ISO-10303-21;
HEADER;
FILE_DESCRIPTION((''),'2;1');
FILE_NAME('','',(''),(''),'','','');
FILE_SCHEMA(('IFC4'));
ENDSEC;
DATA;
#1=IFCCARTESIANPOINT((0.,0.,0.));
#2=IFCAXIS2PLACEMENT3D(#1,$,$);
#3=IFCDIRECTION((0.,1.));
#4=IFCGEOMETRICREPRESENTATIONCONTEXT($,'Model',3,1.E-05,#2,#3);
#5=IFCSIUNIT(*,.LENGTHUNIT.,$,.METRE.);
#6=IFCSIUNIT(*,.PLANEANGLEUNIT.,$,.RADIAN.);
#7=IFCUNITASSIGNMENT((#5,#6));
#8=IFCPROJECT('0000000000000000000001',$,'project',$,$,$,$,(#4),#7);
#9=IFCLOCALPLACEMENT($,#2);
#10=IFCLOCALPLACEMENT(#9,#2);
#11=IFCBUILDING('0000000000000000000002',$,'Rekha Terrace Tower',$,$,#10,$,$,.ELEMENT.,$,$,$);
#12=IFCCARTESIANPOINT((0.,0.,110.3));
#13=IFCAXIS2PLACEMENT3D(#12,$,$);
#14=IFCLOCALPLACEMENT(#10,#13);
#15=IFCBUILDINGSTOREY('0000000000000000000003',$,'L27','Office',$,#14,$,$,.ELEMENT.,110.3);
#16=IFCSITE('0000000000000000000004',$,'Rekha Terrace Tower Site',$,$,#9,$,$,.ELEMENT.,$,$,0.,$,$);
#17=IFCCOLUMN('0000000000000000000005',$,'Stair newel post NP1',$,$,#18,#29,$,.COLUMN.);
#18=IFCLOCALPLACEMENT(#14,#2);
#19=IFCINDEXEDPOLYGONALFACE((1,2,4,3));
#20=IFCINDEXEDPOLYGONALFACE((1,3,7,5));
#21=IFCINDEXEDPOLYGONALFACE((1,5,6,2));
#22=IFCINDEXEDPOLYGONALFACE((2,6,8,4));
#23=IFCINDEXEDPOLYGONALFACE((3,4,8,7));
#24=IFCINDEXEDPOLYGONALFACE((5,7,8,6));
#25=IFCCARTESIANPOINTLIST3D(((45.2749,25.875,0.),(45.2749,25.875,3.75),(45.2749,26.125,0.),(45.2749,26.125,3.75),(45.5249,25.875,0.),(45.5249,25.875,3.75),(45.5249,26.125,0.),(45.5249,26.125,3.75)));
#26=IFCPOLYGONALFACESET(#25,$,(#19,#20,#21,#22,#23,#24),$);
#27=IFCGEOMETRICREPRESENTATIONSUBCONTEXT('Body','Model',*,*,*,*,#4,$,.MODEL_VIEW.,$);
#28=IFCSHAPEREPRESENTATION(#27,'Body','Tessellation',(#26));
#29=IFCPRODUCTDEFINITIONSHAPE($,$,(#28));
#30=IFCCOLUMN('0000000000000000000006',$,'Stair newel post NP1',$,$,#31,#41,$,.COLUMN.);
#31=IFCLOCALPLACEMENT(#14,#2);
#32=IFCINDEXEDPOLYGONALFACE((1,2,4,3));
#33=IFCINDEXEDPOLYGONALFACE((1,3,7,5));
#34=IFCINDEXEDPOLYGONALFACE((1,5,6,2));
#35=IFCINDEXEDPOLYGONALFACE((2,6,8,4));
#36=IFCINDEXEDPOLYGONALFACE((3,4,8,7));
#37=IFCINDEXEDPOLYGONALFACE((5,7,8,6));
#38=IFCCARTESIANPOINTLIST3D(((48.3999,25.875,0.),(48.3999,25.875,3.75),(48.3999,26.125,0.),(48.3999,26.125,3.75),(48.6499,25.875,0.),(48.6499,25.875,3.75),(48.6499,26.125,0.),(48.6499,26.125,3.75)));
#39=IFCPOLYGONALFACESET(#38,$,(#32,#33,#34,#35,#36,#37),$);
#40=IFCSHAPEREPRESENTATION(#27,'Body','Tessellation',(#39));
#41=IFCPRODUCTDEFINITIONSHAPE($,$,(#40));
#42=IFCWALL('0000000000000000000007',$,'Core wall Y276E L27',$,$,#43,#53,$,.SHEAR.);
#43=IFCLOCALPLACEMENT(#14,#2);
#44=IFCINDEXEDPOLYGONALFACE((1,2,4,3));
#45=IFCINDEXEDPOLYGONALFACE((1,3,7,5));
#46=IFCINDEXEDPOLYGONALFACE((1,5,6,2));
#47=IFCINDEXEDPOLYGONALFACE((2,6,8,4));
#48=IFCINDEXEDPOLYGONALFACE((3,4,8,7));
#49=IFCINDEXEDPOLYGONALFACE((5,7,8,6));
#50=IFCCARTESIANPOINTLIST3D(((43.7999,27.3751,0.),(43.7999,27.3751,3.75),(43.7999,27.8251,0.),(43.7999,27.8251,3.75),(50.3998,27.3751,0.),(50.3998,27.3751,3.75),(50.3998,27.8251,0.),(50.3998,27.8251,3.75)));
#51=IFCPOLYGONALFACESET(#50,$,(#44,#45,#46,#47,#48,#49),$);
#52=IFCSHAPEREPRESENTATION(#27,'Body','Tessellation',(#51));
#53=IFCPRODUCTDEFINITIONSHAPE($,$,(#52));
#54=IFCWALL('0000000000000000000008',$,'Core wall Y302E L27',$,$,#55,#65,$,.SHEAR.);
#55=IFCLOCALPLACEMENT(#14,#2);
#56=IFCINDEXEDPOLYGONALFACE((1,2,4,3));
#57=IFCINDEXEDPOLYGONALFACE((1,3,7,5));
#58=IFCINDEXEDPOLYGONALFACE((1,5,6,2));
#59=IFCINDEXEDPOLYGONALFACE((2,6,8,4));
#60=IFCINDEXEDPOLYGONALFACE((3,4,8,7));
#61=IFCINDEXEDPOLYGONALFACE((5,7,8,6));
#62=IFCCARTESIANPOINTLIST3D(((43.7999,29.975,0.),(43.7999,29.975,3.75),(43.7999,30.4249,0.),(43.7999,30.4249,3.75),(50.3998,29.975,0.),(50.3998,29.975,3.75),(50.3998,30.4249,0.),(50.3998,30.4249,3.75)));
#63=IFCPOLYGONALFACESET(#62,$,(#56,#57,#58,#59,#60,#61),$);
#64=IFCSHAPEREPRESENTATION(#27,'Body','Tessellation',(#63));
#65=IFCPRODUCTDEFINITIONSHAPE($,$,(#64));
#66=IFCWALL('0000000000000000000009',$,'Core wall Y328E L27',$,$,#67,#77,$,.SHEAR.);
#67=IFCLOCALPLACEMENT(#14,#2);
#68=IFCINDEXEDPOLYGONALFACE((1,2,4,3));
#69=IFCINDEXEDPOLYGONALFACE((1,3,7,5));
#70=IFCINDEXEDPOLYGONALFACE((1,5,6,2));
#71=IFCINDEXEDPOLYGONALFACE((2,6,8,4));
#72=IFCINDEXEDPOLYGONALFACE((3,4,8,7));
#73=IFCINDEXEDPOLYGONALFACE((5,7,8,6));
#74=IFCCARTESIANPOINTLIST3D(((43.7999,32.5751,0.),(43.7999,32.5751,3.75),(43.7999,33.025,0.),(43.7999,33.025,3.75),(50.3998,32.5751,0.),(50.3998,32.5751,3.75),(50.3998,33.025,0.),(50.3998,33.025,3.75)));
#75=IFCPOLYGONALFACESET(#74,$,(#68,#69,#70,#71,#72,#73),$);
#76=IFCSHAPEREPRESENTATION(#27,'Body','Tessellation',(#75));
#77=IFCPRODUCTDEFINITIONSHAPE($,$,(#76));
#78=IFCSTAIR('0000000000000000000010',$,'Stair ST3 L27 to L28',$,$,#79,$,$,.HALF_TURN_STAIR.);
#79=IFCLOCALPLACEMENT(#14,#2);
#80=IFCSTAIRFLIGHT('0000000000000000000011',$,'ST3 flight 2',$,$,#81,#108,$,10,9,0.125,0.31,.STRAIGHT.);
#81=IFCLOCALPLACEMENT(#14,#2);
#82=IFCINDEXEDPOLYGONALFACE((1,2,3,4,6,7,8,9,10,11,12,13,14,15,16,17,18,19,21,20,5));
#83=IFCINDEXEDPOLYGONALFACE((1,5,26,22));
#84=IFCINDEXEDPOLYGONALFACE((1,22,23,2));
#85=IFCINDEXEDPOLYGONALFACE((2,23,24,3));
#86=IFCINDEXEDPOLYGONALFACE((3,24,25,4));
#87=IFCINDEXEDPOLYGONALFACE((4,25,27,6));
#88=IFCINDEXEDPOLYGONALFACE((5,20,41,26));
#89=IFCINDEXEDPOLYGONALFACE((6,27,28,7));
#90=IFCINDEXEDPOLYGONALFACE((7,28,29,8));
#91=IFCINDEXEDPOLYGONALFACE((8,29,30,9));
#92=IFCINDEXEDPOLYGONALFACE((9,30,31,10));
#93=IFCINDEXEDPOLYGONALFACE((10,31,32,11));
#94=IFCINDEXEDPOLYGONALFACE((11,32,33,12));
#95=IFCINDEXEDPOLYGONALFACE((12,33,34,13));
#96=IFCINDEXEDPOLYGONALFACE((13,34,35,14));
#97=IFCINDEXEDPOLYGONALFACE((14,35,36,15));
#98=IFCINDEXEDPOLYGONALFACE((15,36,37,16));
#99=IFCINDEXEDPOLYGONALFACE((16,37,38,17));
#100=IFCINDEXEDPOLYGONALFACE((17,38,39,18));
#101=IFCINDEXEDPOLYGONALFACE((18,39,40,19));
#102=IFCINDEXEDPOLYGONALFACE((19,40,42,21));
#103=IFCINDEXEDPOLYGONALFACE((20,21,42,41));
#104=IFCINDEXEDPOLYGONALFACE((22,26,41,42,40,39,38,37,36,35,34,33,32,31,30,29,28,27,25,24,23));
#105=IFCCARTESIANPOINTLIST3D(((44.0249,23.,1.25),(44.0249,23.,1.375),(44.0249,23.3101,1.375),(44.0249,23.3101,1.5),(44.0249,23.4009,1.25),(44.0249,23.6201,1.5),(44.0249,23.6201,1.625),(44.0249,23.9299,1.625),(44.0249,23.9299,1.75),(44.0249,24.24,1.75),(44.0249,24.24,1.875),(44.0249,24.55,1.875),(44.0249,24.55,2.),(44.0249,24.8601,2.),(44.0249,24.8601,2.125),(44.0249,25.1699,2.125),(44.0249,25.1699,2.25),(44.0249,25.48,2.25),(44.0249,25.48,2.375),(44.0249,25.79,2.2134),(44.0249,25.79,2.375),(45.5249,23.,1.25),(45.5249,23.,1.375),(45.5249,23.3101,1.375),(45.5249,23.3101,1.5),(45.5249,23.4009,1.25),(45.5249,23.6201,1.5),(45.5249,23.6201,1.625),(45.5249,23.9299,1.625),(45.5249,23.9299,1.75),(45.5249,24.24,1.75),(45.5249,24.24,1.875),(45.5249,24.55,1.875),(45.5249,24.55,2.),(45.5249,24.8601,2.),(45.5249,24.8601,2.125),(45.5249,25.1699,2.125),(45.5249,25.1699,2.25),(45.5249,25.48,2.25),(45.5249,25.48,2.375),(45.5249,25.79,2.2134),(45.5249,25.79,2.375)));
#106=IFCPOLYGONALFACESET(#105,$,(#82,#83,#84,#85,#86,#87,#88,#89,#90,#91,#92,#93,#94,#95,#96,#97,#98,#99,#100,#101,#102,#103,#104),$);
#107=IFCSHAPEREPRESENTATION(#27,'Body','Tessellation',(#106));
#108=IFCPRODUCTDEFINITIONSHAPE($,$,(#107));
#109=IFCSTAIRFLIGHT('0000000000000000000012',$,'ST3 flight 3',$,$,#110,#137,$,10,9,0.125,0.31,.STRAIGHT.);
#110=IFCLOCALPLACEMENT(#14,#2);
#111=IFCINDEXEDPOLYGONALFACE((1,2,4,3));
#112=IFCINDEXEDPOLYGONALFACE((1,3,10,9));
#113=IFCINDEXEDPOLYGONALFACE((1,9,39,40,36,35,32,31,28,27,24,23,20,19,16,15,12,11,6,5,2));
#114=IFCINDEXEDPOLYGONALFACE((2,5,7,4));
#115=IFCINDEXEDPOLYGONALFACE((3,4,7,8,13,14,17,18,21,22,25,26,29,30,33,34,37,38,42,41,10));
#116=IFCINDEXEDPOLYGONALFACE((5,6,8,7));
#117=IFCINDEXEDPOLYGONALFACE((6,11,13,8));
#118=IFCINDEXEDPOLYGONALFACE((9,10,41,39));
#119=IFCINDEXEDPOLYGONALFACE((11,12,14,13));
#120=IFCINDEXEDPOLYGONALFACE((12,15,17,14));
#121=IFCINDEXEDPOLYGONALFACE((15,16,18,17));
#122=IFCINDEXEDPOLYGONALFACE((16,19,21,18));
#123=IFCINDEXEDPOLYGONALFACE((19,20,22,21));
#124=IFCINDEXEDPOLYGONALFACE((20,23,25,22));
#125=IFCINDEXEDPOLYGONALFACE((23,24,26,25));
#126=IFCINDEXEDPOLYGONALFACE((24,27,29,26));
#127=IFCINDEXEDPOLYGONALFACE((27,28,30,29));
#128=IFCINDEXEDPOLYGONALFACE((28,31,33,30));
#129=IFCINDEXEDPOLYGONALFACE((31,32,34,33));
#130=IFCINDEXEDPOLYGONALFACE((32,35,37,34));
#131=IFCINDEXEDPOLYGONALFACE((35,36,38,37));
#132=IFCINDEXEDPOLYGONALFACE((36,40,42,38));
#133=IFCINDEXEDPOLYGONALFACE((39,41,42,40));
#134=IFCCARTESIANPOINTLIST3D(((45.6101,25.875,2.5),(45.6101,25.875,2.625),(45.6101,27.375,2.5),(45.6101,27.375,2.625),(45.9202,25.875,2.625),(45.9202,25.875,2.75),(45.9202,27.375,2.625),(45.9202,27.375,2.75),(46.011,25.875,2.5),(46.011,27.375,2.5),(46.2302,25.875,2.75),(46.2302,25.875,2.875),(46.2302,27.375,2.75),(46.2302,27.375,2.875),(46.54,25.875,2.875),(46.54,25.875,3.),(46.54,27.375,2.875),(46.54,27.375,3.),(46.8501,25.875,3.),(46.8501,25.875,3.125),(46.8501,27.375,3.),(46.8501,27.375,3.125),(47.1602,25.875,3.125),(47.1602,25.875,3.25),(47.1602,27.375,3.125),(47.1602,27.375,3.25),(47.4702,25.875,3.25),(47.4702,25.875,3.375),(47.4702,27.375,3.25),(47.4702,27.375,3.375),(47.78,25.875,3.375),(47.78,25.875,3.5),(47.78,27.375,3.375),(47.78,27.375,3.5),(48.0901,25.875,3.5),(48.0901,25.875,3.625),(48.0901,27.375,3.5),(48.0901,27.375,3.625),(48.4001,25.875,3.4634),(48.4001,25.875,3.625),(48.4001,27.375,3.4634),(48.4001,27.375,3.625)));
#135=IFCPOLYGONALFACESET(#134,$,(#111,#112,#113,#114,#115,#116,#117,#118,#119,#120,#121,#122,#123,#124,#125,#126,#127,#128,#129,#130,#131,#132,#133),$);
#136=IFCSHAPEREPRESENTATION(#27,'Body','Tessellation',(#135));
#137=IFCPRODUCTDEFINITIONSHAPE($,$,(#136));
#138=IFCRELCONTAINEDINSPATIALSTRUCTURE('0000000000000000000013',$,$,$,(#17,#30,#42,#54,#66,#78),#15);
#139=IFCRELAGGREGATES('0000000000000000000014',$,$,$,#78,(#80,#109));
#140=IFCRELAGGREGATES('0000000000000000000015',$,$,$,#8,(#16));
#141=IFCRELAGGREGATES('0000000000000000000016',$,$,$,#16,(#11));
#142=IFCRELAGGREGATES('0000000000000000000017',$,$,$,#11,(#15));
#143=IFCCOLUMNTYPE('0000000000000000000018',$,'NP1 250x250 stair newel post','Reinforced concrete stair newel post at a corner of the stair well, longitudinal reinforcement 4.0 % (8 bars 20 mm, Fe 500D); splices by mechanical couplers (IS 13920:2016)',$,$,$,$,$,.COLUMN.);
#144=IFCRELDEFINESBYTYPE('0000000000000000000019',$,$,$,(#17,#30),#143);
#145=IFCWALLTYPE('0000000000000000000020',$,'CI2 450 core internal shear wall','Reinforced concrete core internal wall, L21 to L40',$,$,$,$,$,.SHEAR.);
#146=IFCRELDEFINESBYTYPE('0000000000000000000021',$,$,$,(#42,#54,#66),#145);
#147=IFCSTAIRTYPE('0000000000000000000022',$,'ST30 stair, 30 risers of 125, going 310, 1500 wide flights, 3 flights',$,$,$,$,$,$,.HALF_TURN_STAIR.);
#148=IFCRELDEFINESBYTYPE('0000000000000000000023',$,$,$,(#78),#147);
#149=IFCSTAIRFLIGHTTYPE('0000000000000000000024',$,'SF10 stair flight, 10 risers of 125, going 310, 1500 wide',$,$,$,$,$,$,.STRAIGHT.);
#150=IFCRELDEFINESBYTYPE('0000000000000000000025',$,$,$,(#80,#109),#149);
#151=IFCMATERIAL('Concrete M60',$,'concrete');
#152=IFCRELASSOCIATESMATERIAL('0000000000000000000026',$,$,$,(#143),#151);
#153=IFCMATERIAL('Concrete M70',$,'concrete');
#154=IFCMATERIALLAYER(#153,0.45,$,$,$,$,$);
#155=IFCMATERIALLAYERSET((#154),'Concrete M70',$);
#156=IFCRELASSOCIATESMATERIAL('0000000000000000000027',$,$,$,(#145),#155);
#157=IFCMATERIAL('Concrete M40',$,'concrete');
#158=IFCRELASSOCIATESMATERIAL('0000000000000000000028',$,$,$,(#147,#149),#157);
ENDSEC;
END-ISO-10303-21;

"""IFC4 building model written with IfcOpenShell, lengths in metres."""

from ifc_helpers import new_model, si_unit, direction, frame, frame_2d, origin, origin_2d, place, context, subcontext, project, spatial, polyline, rectangle, outline, extrude, material, layer, layer_set, material_profile, profile_set, type_object, element, aggregate, save


model = new_model("IFC4")

# Units and contexts
model_context = context("Model", 3, precision=1e-05, world=origin(), true_north=direction((0.0, 1.0)))
body_context = subcontext(model_context, "Body", "Model", "MODEL_VIEW")
ifc_project = project(units=[si_unit("LENGTHUNIT", "METRE"), si_unit("PLANEANGLEUNIT", "RADIAN")], contexts=[model_context])

# Site, building, storey
site_placement = place(None, origin())
site = spatial("IfcSite", under=ifc_project, at=site_placement, Name="Rekha Terrace Tower Site", CompositionType="ELEMENT", RefElevation=0.0)
building_placement = place(site_placement, origin())
building = spatial("IfcBuilding", under=site, at=building_placement, Name="Rekha Terrace Tower", CompositionType="ELEMENT")
storey_placement = place(building_placement, frame((0.0, 0.0, 110.3)))
storey = spatial("IfcBuildingStorey", under=building, at=storey_placement, Name="L27", Description="Office", CompositionType="ELEMENT", Elevation=110.3)

# Columns
ifc_material_1 = material(Name="Concrete M60", Category="concrete")
ifc_material_profile = material_profile(ifc_material_1, rectangle(XDim=0.25, YDim=0.25, at=origin_2d()), Name="RC 250x250")
ifc_profile_set = profile_set([ifc_material_profile], Name="Concrete M60")
column_type = type_object("IfcColumnType", Name="NP1 250x250 stair newel post", Description="Reinforced concrete stair newel post at a corner of the stair well, longitudinal reinforcement 4.0 % (8 bars 20 mm, Fe 500D); splices by mechanical couplers (IS 13920:2016)", PredefinedType="COLUMN", material=ifc_profile_set)
for number, where, z_axis, x_axis, name in (
    (1, (45.3999, 26.0, 0.0), (0.0, 0.0, 1.0), (1.0, 0.0, 0.0), "Stair newel post NP1"),
    (2, (48.5249, 26.0, 0.0), (0.0, 0.0, 1.0), (1.0, 0.0, 0.0), "Stair newel post NP1"),
):
    element("IfcColumn", number, at=place(storey_placement, frame(where, z_axis=z_axis, x_axis=x_axis)), inside=storey, type_object=column_type, Name=name, PredefinedType="COLUMN", context=body_context, shape_type="SweptSolid", body=[
        extrude(rectangle(XDim=0.25, YDim=0.25, at=origin_2d()), origin(), (0.0, 0.0, 1.0), 3.75),
    ])

# Walls
ifc_material_2 = material(Name="Concrete M70", Category="concrete")
ifc_layer = layer(ifc_material_2, 0.45)
ifc_layer_set = layer_set([ifc_layer], Name="Concrete M70")
wall_type = type_object("IfcWallType", Name="CI2 450 core internal shear wall", Description="Reinforced concrete core internal wall, L21 to L40", PredefinedType="SHEAR", material=ifc_layer_set)
for number, where, z_axis, x_axis, name in (
    (3, (43.8, 27.6001, 0.0), (0.0, 0.0, 1.0), (1.0, 0.0, 0.0), "Core wall Y276E L27"),
    (4, (43.8, 30.2, 0.0), (0.0, 0.0, 1.0), (1.0, 0.0, 0.0), "Core wall Y302E L27"),
    (5, (43.8, 32.8, 0.0), (0.0, 0.0, 1.0), (1.0, 0.0, 0.0), "Core wall Y328E L27"),
):
    element("IfcWall", number, at=place(storey_placement, frame(where, z_axis=z_axis, x_axis=x_axis)), inside=storey, type_object=wall_type, Name=name, PredefinedType="SHEAR", context=body_context, shape_type="SweptSolid", body=[
        extrude(rectangle(XDim=6.5999, YDim=0.45, at=frame_2d((3.2998, 0.0))), origin(), (0.0, 0.0, 1.0), 3.75),
    ])

# Stair, stair flights
ifc_material_3 = material(Name="Concrete M40", Category="concrete")
stair_type = type_object("IfcStairType", Name="ST30 stair, 30 risers of 125, going 310, 1500 wide flights, 3 flights", PredefinedType="HALF_TURN_STAIR", material=ifc_material_3)
stair_placement = place(storey_placement, origin())
stair = element("IfcStair", 6, at=stair_placement, inside=storey, type_object=stair_type, Name="Stair ST3 L27 to L28", PredefinedType="HALF_TURN_STAIR")
stair_flight_type = type_object("IfcStairFlightType", Name="SF10 stair flight, 10 risers of 125, going 310, 1500 wide", PredefinedType="STRAIGHT", material=ifc_material_3)
stair_flight_1_placement = place(storey_placement, frame((44.7749, 23.0, 1.25), z_axis=(0.0, 0.0, 1.0), x_axis=(0.0, 1.0, 0.0)))
stair_flight_1 = element("IfcStairFlight", 7, at=stair_flight_1_placement, type_object=stair_flight_type, Name="ST3 flight 2", NumberOfRisers=10, NumberOfTreads=9, PredefinedType="STRAIGHT", RiserHeight=0.125, TreadLength=0.31, context=body_context, shape_type="SweptSolid", body=[
    extrude(outline(polyline([(0.0, 0.0), (0.0, 0.125), (0.3101, 0.125), (0.3101, 0.25), (0.6201, 0.25), (0.6201, 0.375), (0.9299, 0.375), (0.9299, 0.5), (1.24, 0.5), (1.24, 0.625), (1.55, 0.625), (1.55, 0.75), (1.8601, 0.75), (1.8601, 0.875), (2.1699, 0.875), (2.1699, 1.0), (2.48, 1.0), (2.48, 1.125), (2.79, 1.125), (2.79, 1.25), (2.79, 0.9634), (0.4009, 0.0), (0.0, 0.0)])), frame((0.0, 0.75, 0.0), z_axis=(0.0, -1.0, 0.0), x_axis=(1.0, 0.0, 0.0)), (0.0, 0.0, 1.0), 1.5),
])
stair_flight_2_placement = place(storey_placement, frame((45.6101, 26.625, 2.5), z_axis=(0.0, 0.0, 1.0), x_axis=(1.0, 0.0, 0.0)))
stair_flight_2 = element("IfcStairFlight", 8, at=stair_flight_2_placement, type_object=stair_flight_type, Name="ST3 flight 3", NumberOfRisers=10, NumberOfTreads=9, PredefinedType="STRAIGHT", RiserHeight=0.125, TreadLength=0.31, context=body_context, shape_type="SweptSolid", body=[
    extrude(outline(polyline([(0.0, 0.0), (0.0, 0.125), (0.3101, 0.125), (0.3101, 0.25), (0.6201, 0.25), (0.6201, 0.375), (0.9299, 0.375), (0.9299, 0.5), (1.24, 0.5), (1.24, 0.625), (1.55, 0.625), (1.55, 0.75), (1.8601, 0.75), (1.8601, 0.875), (2.1699, 0.875), (2.1699, 1.0), (2.48, 1.0), (2.48, 1.125), (2.79, 1.125), (2.79, 1.25), (2.79, 0.9634), (0.4009, 0.0), (0.0, 0.0)])), frame((0.0, 0.75, 0.0), z_axis=(0.0, -1.0, 0.0), x_axis=(1.0, 0.0, 0.0)), (0.0, 0.0, 1.0), 1.5),
])
aggregate(stair, [stair_flight_1, stair_flight_2])

save(model, "model.ifc")
